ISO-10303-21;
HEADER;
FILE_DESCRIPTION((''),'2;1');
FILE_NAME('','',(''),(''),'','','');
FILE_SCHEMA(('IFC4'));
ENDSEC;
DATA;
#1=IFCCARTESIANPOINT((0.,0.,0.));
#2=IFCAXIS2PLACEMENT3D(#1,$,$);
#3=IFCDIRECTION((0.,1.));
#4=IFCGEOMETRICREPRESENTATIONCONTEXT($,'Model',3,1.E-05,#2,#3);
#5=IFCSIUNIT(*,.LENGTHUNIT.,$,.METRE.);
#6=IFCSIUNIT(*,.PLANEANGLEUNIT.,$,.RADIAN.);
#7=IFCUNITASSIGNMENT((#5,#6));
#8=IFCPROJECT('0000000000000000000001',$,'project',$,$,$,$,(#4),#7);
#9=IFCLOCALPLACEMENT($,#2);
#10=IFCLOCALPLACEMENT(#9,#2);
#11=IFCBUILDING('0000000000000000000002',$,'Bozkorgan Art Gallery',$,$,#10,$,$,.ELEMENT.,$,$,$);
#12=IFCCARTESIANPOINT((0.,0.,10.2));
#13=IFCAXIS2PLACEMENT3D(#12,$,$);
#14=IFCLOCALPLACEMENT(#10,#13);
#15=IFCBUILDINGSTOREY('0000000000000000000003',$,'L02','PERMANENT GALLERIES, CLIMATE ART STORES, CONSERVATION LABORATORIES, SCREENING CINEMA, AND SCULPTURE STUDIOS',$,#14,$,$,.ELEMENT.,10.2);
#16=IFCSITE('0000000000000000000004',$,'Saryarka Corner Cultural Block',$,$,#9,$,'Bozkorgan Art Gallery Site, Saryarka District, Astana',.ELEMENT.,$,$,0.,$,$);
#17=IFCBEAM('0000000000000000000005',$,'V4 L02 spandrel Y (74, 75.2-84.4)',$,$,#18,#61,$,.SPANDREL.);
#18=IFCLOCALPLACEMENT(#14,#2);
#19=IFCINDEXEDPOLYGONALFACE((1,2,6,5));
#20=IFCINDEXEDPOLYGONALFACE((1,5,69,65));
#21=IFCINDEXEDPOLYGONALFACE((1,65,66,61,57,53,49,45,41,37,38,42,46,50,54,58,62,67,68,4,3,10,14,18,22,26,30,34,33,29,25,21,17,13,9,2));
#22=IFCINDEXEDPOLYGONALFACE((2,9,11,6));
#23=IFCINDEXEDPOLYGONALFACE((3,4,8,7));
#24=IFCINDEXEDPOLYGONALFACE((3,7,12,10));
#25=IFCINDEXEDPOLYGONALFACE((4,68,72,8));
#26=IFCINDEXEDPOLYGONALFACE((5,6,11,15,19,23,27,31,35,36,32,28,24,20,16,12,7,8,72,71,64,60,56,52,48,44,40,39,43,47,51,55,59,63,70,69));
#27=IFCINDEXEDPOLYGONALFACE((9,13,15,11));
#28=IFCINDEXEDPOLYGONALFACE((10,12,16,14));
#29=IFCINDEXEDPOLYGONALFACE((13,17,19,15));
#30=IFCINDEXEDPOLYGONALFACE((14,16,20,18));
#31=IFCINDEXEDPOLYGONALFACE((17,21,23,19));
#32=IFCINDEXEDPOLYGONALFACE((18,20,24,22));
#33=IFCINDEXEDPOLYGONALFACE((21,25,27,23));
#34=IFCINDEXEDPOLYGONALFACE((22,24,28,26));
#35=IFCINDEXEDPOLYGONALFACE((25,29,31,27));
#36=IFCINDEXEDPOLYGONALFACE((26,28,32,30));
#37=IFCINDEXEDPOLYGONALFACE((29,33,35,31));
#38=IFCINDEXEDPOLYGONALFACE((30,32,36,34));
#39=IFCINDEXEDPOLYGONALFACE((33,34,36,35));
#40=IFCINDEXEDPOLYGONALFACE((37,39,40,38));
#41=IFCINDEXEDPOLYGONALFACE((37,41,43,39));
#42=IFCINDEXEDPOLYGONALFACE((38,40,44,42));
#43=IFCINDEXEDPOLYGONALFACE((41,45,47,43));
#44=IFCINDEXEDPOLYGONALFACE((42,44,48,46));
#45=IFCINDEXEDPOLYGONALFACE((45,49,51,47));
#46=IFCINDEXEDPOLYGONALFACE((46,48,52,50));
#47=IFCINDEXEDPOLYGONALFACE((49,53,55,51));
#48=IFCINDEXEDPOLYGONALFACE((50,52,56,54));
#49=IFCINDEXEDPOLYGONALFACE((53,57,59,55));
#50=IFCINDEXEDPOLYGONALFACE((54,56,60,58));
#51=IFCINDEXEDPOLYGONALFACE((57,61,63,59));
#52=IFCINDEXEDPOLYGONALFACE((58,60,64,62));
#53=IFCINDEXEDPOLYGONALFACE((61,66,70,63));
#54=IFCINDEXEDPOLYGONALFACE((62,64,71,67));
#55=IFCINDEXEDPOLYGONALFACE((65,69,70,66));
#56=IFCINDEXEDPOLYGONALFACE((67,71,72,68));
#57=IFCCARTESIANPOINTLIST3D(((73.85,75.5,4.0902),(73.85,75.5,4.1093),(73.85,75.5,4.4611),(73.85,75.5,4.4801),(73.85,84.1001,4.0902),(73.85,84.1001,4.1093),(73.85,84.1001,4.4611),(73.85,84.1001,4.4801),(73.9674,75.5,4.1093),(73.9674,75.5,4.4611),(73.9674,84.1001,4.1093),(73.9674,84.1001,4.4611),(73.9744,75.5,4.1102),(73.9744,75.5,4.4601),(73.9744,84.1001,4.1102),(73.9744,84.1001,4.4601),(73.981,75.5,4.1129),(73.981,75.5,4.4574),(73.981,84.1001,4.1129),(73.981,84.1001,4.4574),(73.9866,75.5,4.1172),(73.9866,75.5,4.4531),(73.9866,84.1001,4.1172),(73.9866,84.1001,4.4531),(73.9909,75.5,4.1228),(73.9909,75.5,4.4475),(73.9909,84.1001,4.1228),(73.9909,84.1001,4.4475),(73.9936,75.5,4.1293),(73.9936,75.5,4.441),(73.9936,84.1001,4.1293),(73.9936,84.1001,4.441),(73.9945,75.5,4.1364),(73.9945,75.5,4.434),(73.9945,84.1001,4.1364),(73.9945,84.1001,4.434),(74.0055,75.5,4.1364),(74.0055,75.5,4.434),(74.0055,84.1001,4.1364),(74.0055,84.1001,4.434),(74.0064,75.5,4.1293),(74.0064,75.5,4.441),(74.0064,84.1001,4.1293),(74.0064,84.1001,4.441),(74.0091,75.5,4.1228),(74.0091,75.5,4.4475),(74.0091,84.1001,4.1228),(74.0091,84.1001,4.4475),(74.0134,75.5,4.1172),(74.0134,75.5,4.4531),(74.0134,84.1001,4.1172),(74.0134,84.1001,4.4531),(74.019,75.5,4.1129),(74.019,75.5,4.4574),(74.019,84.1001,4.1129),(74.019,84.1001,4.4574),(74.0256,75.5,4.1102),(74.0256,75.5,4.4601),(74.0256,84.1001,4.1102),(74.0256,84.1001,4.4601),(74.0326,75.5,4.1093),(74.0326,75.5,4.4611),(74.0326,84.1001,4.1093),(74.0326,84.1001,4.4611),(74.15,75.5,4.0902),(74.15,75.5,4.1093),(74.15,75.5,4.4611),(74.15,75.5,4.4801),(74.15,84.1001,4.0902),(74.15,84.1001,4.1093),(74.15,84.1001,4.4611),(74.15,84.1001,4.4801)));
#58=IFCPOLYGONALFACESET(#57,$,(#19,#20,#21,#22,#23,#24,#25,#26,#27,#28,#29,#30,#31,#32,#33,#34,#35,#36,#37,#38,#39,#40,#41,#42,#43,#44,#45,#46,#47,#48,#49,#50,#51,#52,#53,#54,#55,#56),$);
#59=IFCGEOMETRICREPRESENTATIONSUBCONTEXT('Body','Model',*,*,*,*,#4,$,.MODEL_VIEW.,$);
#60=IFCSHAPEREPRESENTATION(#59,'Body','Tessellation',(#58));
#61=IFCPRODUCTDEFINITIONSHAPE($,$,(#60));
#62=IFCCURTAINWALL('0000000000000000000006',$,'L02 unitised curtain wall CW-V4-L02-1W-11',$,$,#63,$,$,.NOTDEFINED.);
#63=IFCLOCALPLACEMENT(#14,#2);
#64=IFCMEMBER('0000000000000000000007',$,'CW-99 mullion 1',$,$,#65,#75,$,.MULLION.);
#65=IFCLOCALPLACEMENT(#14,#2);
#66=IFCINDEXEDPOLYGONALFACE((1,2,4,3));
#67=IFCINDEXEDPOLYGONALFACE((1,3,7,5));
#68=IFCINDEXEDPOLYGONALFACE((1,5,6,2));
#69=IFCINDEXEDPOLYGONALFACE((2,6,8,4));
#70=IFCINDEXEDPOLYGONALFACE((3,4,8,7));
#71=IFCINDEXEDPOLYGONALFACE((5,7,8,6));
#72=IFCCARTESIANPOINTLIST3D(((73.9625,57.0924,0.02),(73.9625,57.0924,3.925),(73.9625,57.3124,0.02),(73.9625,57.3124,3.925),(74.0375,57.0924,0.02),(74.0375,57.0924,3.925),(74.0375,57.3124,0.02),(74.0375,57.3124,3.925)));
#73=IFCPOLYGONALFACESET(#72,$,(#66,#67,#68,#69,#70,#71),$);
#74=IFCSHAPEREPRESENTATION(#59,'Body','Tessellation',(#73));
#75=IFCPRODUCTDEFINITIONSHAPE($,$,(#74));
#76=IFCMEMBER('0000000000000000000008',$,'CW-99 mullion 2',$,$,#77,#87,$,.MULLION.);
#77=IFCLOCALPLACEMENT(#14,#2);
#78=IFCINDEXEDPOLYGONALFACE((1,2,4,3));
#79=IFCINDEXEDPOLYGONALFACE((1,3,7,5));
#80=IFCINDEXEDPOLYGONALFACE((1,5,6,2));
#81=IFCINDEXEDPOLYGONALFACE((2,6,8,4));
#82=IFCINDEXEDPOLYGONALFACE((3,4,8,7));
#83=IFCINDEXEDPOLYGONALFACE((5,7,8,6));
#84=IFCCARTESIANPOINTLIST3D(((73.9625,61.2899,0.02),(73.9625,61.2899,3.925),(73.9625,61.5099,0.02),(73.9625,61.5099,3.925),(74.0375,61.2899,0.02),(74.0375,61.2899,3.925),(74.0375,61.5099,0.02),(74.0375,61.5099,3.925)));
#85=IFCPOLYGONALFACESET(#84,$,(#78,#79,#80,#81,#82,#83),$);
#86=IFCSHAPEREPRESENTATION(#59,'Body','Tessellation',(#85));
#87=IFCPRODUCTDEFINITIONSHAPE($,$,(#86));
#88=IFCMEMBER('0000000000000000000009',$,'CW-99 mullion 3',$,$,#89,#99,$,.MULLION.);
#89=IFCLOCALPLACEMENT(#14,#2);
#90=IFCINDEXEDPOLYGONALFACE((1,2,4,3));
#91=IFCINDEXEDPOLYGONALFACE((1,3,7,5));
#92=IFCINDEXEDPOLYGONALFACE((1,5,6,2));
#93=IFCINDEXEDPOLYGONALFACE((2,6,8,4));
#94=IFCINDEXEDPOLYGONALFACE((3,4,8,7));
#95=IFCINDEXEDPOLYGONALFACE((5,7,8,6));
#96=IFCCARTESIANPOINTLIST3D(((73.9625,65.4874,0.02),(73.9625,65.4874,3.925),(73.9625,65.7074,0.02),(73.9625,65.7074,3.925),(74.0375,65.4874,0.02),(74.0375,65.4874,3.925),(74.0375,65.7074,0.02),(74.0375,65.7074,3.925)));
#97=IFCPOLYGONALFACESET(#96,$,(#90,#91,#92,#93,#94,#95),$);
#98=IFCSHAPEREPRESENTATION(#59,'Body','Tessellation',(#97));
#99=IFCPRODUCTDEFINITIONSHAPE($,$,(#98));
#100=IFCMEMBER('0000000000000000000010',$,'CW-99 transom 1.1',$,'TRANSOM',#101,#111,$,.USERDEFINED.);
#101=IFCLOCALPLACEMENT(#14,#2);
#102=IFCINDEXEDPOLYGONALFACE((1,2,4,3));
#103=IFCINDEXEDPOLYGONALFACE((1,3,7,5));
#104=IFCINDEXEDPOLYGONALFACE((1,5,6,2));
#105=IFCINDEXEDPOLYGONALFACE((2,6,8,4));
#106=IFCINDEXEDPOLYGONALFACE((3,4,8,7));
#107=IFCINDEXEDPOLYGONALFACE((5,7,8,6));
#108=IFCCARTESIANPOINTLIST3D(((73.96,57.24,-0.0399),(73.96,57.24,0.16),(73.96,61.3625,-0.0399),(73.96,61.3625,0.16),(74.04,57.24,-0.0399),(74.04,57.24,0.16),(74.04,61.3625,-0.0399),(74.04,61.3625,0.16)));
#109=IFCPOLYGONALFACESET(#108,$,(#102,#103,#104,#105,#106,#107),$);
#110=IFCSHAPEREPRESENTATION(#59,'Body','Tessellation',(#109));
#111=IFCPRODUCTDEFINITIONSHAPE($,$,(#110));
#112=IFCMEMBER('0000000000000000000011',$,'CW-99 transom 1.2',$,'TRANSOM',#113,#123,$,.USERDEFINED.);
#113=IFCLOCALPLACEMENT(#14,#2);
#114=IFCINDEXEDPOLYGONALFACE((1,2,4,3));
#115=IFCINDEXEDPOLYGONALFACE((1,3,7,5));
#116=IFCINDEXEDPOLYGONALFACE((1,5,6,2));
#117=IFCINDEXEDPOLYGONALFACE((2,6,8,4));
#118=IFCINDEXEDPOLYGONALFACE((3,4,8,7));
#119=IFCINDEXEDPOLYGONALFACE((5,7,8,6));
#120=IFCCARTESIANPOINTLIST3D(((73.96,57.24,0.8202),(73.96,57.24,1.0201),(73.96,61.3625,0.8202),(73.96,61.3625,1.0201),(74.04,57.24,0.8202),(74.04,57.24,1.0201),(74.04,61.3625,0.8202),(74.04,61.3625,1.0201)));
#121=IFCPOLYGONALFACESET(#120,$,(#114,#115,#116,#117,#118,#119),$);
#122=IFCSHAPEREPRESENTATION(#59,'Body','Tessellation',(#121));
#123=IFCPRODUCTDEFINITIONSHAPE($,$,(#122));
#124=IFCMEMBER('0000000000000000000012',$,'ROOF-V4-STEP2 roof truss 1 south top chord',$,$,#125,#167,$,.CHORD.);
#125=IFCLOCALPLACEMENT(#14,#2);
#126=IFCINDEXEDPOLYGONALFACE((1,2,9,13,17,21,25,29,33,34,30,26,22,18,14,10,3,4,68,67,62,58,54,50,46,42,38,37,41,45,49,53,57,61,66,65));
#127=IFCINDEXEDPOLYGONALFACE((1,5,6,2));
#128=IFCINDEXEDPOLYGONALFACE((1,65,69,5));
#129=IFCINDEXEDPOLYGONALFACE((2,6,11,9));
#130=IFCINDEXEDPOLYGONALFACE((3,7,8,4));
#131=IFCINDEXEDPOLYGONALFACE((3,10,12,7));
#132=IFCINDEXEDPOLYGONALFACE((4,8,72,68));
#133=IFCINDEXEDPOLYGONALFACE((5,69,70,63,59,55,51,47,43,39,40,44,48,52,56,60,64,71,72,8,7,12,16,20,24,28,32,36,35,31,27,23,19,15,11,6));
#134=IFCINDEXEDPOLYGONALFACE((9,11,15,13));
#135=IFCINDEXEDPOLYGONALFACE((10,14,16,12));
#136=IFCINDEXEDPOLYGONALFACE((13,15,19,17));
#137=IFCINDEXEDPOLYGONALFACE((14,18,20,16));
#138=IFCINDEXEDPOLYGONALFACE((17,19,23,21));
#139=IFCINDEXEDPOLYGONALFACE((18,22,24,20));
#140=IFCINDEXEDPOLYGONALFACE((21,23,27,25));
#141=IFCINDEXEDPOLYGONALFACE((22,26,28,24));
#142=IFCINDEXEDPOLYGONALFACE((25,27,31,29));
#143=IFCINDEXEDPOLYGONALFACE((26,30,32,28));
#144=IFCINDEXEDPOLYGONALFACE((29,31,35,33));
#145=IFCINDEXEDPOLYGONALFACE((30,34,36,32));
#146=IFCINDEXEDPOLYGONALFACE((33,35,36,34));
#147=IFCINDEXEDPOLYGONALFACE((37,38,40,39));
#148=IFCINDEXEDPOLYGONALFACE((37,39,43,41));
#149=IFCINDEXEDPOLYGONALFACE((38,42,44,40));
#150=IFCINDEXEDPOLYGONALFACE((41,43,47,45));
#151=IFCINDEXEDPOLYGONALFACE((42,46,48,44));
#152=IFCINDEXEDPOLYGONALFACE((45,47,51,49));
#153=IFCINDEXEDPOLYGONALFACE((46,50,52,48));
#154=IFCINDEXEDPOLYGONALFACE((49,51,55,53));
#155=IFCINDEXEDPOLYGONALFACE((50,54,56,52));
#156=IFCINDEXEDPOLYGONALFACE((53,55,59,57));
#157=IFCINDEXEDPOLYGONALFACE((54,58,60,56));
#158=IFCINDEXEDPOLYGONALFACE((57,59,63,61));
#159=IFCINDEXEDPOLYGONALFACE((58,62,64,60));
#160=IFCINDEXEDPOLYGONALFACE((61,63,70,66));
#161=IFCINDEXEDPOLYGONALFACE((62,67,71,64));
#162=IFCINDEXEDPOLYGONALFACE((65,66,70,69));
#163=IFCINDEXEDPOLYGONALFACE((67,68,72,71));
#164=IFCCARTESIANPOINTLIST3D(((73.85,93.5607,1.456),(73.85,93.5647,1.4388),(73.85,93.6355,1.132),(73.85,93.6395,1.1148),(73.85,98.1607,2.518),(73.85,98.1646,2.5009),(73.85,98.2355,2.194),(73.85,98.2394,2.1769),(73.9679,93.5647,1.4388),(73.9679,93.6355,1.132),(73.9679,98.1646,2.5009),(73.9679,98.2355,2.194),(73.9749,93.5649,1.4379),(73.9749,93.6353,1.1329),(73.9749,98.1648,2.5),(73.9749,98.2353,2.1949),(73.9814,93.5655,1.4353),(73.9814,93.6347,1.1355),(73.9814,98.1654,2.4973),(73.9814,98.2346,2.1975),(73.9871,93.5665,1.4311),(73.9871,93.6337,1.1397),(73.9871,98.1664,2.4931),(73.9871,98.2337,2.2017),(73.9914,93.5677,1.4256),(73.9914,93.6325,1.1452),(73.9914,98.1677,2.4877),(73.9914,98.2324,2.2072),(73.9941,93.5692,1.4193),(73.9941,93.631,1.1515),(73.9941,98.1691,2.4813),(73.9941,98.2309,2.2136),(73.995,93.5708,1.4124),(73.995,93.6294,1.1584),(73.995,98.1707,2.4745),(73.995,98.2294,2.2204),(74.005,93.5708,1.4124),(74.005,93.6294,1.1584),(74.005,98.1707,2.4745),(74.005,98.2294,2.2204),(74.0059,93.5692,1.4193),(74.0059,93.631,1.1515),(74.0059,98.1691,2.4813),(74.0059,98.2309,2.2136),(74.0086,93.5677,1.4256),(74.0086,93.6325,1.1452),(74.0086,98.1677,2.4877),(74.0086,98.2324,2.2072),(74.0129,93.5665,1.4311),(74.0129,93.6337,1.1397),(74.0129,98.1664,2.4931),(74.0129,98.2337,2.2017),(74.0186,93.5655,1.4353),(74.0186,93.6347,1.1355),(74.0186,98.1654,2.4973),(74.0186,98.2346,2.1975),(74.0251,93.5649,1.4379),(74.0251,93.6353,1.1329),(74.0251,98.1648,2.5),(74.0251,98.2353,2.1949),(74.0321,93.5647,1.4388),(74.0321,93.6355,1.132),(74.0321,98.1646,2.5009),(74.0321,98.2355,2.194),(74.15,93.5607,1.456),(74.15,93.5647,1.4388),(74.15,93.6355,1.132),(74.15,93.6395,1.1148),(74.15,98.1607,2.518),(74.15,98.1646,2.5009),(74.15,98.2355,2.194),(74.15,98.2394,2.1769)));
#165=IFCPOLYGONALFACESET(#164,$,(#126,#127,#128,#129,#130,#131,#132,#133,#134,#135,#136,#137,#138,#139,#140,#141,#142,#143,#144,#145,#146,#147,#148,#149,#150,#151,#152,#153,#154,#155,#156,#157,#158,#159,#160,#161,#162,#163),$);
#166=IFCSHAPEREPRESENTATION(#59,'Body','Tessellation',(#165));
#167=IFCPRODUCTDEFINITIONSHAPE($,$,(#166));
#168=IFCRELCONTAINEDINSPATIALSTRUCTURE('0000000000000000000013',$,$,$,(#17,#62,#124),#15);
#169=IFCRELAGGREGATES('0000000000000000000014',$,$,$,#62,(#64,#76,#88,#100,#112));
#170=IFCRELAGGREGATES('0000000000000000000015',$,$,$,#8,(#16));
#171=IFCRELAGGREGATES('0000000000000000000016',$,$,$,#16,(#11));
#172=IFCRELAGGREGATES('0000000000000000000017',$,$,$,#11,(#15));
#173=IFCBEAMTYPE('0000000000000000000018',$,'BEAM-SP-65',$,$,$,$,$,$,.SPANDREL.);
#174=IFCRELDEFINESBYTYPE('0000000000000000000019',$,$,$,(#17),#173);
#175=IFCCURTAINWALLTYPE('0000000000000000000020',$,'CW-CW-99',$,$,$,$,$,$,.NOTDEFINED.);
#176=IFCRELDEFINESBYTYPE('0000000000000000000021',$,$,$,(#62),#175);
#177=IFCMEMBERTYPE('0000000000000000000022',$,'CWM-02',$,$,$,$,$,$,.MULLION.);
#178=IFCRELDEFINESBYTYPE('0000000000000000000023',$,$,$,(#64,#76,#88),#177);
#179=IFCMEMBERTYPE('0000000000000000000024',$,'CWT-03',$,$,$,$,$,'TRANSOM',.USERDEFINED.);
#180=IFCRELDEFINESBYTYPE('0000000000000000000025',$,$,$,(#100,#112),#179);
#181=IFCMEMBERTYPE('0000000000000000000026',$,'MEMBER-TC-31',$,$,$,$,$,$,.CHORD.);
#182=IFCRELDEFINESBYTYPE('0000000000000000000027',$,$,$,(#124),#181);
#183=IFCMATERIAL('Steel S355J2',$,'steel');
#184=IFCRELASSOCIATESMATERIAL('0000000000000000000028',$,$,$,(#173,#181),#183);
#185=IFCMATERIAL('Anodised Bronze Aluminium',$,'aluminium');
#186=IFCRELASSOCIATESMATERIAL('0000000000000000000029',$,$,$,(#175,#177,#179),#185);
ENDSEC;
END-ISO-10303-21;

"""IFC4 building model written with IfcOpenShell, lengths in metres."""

from ifc_helpers import new_model, si_unit, direction, frame, origin, origin_2d, place, context, subcontext, project, spatial, rectangle, i_section, extrude, material, material_profile, profile_set, type_object, element, aggregate, save


model = new_model("IFC4")

# Units and contexts
model_context = context("Model", 3, precision=1e-05, world=origin(), true_north=direction((0.0, 1.0)))
body_context = subcontext(model_context, "Body", "Model", "MODEL_VIEW")
ifc_project = project(units=[si_unit("LENGTHUNIT", "METRE"), si_unit("PLANEANGLEUNIT", "RADIAN")], contexts=[model_context])

# Site, building, storey
site_placement = place(None, origin())
site = spatial("IfcSite", under=ifc_project, at=site_placement, Name="Saryarka Corner Cultural Block", LongName="Bozkorgan Art Gallery Site, Saryarka District, Astana", CompositionType="ELEMENT", RefElevation=0.0)
building_placement = place(site_placement, origin())
building = spatial("IfcBuilding", under=site, at=building_placement, Name="Bozkorgan Art Gallery", CompositionType="ELEMENT")
storey_placement = place(building_placement, frame((0.0, 0.0, 10.2)))
storey = spatial("IfcBuildingStorey", under=building, at=storey_placement, Name="L02", Description="PERMANENT GALLERIES, CLIMATE ART STORES, CONSERVATION LABORATORIES, SCREENING CINEMA, AND SCULPTURE STUDIOS", CompositionType="ELEMENT", Elevation=10.2)

# Beam
ifc_material_1 = material(Name="Steel S355J2", Category="steel")
ifc_material_profile_1 = material_profile(ifc_material_1, i_section(OverallWidth=0.3, OverallDepth=0.3899, WebThickness=0.011, FlangeThickness=0.019, FilletRadius=0.0271, at=origin_2d()), Name="HEA 400")
ifc_profile_set_1 = profile_set([ifc_material_profile_1], Name="Steel S355J2")
beam_type_1 = type_object("IfcBeamType", Name="BEAM-SP-65", PredefinedType="SPANDREL", material=ifc_profile_set_1)
beam_1_placement = place(storey_placement, frame((74.0, 75.5, 4.2852), z_axis=(0.0, 1.0, 0.0), x_axis=(-1.0, 0.0, 0.0)))
element("IfcBeam", 1, at=beam_1_placement, inside=storey, type_object=beam_type_1, Name="V4 L02 spandrel Y (74, 75.2-84.4)", PredefinedType="SPANDREL", context=body_context, shape_type="SweptSolid", body=[
    extrude(i_section(OverallWidth=0.3, OverallDepth=0.3899, WebThickness=0.011, FlangeThickness=0.019, FilletRadius=0.0271, at=origin_2d()), origin(), (0.0, 0.0, 1.0), 8.6001),
])

# Curtain wall, members
ifc_material_2 = material(Name="Anodised Bronze Aluminium", Category="aluminium")
curtain_wall_type = type_object("IfcCurtainWallType", Name="CW-CW-99", PredefinedType="NOTDEFINED", material=ifc_material_2)
curtain_wall_placement = place(storey_placement, origin())
curtain_wall = element("IfcCurtainWall", 2, at=curtain_wall_placement, inside=storey, type_object=curtain_wall_type, Name="L02 unitised curtain wall CW-V4-L02-1W-11", PredefinedType="NOTDEFINED")
ifc_material_profile_2 = material_profile(ifc_material_2, rectangle(XDim=0.075, YDim=0.22, at=origin_2d()), Name="ALU MULLION 75x220")
ifc_profile_set_2 = profile_set([ifc_material_profile_2], Name="Anodised Bronze Aluminium")
member_type_1 = type_object("IfcMemberType", Name="CWM-02", PredefinedType="MULLION", material=ifc_profile_set_2)
member_1_placement = place(storey_placement, frame((74.0, 57.2024, 0.02), z_axis=(0.0, 0.0, 1.0), x_axis=(-1.0, 0.0, 0.0)))
member_1 = element("IfcMember", 3, at=member_1_placement, type_object=member_type_1, Name="CW-99 mullion 1", PredefinedType="MULLION", context=body_context, shape_type="SweptSolid", body=[
    extrude(rectangle(XDim=0.075, YDim=0.22, at=origin_2d()), origin(), (0.0, 0.0, 1.0), 3.905),
])
member_2_placement = place(storey_placement, frame((74.0, 61.3999, 0.02), z_axis=(0.0, 0.0, 1.0), x_axis=(-1.0, 0.0, 0.0)))
member_2 = element("IfcMember", 4, at=member_2_placement, type_object=member_type_1, Name="CW-99 mullion 2", PredefinedType="MULLION", context=body_context, shape_type="SweptSolid", body=[
    extrude(rectangle(XDim=0.075, YDim=0.22, at=origin_2d()), origin(), (0.0, 0.0, 1.0), 3.905),
])
member_3_placement = place(storey_placement, frame((74.0, 65.5974, 0.02), z_axis=(0.0, 0.0, 1.0), x_axis=(-1.0, 0.0, 0.0)))
member_3 = element("IfcMember", 5, at=member_3_placement, type_object=member_type_1, Name="CW-99 mullion 3", PredefinedType="MULLION", context=body_context, shape_type="SweptSolid", body=[
    extrude(rectangle(XDim=0.075, YDim=0.22, at=origin_2d()), origin(), (0.0, 0.0, 1.0), 3.905),
])
ifc_material_profile_3 = material_profile(ifc_material_2, rectangle(XDim=0.0801, YDim=0.2, at=origin_2d()), Name="ALU TRANSOM 80x200")
ifc_profile_set_3 = profile_set([ifc_material_profile_3], Name="Anodised Bronze Aluminium")
member_type_2 = type_object("IfcMemberType", Name="CWT-03", ElementType="TRANSOM", PredefinedType="USERDEFINED", material=ifc_profile_set_3)
member_4_placement = place(storey_placement, frame((74.0, 57.24, 0.0601), z_axis=(0.0, 1.0, 0.0), x_axis=(-1.0, 0.0, 0.0)))
member_4 = element("IfcMember", 6, at=member_4_placement, type_object=member_type_2, Name="CW-99 transom 1.1", ObjectType="TRANSOM", PredefinedType="USERDEFINED", context=body_context, shape_type="SweptSolid", body=[
    extrude(rectangle(XDim=0.0801, YDim=0.2, at=origin_2d()), origin(), (0.0, 0.0, 1.0), 4.1226),
])
member_5_placement = place(storey_placement, frame((74.0, 57.24, 0.9202), z_axis=(0.0, 1.0, 0.0), x_axis=(-1.0, 0.0, 0.0)))
member_5 = element("IfcMember", 7, at=member_5_placement, type_object=member_type_2, Name="CW-99 transom 1.2", ObjectType="TRANSOM", PredefinedType="USERDEFINED", context=body_context, shape_type="SweptSolid", body=[
    extrude(rectangle(XDim=0.0801, YDim=0.2, at=origin_2d()), origin(), (0.0, 0.0, 1.0), 4.1226),
])
aggregate(curtain_wall, [member_1, member_2, member_3, member_4, member_5])

# Member
ifc_material_profile_4 = material_profile(ifc_material_1, i_section(OverallWidth=0.3, OverallDepth=0.3501, WebThickness=0.01, FlangeThickness=0.0176, FilletRadius=0.0271, at=origin_2d()), Name="HEA 360")
ifc_profile_set_4 = profile_set([ifc_material_profile_4], Name="Steel S355J2")
member_type_3 = type_object("IfcMemberType", Name="MEMBER-TC-31", PredefinedType="CHORD", material=ifc_profile_set_4)
member_6_placement = place(storey_placement, frame((74.0, 93.6001, 1.2854), z_axis=(0.0, 0.974368, 0.224961), x_axis=(-1.0, 0.0, 0.0)))
element("IfcMember", 8, at=member_6_placement, inside=storey, type_object=member_type_3, Name="ROOF-V4-STEP2 roof truss 1 south top chord", PredefinedType="CHORD", context=body_context, shape_type="SweptSolid", body=[
    extrude(i_section(OverallWidth=0.3, OverallDepth=0.3501, WebThickness=0.01, FlangeThickness=0.0176, FilletRadius=0.0271, at=origin_2d()), origin(), (0.0, 0.0, 1.0), 4.7209),
])

save(model, "model.ifc")
